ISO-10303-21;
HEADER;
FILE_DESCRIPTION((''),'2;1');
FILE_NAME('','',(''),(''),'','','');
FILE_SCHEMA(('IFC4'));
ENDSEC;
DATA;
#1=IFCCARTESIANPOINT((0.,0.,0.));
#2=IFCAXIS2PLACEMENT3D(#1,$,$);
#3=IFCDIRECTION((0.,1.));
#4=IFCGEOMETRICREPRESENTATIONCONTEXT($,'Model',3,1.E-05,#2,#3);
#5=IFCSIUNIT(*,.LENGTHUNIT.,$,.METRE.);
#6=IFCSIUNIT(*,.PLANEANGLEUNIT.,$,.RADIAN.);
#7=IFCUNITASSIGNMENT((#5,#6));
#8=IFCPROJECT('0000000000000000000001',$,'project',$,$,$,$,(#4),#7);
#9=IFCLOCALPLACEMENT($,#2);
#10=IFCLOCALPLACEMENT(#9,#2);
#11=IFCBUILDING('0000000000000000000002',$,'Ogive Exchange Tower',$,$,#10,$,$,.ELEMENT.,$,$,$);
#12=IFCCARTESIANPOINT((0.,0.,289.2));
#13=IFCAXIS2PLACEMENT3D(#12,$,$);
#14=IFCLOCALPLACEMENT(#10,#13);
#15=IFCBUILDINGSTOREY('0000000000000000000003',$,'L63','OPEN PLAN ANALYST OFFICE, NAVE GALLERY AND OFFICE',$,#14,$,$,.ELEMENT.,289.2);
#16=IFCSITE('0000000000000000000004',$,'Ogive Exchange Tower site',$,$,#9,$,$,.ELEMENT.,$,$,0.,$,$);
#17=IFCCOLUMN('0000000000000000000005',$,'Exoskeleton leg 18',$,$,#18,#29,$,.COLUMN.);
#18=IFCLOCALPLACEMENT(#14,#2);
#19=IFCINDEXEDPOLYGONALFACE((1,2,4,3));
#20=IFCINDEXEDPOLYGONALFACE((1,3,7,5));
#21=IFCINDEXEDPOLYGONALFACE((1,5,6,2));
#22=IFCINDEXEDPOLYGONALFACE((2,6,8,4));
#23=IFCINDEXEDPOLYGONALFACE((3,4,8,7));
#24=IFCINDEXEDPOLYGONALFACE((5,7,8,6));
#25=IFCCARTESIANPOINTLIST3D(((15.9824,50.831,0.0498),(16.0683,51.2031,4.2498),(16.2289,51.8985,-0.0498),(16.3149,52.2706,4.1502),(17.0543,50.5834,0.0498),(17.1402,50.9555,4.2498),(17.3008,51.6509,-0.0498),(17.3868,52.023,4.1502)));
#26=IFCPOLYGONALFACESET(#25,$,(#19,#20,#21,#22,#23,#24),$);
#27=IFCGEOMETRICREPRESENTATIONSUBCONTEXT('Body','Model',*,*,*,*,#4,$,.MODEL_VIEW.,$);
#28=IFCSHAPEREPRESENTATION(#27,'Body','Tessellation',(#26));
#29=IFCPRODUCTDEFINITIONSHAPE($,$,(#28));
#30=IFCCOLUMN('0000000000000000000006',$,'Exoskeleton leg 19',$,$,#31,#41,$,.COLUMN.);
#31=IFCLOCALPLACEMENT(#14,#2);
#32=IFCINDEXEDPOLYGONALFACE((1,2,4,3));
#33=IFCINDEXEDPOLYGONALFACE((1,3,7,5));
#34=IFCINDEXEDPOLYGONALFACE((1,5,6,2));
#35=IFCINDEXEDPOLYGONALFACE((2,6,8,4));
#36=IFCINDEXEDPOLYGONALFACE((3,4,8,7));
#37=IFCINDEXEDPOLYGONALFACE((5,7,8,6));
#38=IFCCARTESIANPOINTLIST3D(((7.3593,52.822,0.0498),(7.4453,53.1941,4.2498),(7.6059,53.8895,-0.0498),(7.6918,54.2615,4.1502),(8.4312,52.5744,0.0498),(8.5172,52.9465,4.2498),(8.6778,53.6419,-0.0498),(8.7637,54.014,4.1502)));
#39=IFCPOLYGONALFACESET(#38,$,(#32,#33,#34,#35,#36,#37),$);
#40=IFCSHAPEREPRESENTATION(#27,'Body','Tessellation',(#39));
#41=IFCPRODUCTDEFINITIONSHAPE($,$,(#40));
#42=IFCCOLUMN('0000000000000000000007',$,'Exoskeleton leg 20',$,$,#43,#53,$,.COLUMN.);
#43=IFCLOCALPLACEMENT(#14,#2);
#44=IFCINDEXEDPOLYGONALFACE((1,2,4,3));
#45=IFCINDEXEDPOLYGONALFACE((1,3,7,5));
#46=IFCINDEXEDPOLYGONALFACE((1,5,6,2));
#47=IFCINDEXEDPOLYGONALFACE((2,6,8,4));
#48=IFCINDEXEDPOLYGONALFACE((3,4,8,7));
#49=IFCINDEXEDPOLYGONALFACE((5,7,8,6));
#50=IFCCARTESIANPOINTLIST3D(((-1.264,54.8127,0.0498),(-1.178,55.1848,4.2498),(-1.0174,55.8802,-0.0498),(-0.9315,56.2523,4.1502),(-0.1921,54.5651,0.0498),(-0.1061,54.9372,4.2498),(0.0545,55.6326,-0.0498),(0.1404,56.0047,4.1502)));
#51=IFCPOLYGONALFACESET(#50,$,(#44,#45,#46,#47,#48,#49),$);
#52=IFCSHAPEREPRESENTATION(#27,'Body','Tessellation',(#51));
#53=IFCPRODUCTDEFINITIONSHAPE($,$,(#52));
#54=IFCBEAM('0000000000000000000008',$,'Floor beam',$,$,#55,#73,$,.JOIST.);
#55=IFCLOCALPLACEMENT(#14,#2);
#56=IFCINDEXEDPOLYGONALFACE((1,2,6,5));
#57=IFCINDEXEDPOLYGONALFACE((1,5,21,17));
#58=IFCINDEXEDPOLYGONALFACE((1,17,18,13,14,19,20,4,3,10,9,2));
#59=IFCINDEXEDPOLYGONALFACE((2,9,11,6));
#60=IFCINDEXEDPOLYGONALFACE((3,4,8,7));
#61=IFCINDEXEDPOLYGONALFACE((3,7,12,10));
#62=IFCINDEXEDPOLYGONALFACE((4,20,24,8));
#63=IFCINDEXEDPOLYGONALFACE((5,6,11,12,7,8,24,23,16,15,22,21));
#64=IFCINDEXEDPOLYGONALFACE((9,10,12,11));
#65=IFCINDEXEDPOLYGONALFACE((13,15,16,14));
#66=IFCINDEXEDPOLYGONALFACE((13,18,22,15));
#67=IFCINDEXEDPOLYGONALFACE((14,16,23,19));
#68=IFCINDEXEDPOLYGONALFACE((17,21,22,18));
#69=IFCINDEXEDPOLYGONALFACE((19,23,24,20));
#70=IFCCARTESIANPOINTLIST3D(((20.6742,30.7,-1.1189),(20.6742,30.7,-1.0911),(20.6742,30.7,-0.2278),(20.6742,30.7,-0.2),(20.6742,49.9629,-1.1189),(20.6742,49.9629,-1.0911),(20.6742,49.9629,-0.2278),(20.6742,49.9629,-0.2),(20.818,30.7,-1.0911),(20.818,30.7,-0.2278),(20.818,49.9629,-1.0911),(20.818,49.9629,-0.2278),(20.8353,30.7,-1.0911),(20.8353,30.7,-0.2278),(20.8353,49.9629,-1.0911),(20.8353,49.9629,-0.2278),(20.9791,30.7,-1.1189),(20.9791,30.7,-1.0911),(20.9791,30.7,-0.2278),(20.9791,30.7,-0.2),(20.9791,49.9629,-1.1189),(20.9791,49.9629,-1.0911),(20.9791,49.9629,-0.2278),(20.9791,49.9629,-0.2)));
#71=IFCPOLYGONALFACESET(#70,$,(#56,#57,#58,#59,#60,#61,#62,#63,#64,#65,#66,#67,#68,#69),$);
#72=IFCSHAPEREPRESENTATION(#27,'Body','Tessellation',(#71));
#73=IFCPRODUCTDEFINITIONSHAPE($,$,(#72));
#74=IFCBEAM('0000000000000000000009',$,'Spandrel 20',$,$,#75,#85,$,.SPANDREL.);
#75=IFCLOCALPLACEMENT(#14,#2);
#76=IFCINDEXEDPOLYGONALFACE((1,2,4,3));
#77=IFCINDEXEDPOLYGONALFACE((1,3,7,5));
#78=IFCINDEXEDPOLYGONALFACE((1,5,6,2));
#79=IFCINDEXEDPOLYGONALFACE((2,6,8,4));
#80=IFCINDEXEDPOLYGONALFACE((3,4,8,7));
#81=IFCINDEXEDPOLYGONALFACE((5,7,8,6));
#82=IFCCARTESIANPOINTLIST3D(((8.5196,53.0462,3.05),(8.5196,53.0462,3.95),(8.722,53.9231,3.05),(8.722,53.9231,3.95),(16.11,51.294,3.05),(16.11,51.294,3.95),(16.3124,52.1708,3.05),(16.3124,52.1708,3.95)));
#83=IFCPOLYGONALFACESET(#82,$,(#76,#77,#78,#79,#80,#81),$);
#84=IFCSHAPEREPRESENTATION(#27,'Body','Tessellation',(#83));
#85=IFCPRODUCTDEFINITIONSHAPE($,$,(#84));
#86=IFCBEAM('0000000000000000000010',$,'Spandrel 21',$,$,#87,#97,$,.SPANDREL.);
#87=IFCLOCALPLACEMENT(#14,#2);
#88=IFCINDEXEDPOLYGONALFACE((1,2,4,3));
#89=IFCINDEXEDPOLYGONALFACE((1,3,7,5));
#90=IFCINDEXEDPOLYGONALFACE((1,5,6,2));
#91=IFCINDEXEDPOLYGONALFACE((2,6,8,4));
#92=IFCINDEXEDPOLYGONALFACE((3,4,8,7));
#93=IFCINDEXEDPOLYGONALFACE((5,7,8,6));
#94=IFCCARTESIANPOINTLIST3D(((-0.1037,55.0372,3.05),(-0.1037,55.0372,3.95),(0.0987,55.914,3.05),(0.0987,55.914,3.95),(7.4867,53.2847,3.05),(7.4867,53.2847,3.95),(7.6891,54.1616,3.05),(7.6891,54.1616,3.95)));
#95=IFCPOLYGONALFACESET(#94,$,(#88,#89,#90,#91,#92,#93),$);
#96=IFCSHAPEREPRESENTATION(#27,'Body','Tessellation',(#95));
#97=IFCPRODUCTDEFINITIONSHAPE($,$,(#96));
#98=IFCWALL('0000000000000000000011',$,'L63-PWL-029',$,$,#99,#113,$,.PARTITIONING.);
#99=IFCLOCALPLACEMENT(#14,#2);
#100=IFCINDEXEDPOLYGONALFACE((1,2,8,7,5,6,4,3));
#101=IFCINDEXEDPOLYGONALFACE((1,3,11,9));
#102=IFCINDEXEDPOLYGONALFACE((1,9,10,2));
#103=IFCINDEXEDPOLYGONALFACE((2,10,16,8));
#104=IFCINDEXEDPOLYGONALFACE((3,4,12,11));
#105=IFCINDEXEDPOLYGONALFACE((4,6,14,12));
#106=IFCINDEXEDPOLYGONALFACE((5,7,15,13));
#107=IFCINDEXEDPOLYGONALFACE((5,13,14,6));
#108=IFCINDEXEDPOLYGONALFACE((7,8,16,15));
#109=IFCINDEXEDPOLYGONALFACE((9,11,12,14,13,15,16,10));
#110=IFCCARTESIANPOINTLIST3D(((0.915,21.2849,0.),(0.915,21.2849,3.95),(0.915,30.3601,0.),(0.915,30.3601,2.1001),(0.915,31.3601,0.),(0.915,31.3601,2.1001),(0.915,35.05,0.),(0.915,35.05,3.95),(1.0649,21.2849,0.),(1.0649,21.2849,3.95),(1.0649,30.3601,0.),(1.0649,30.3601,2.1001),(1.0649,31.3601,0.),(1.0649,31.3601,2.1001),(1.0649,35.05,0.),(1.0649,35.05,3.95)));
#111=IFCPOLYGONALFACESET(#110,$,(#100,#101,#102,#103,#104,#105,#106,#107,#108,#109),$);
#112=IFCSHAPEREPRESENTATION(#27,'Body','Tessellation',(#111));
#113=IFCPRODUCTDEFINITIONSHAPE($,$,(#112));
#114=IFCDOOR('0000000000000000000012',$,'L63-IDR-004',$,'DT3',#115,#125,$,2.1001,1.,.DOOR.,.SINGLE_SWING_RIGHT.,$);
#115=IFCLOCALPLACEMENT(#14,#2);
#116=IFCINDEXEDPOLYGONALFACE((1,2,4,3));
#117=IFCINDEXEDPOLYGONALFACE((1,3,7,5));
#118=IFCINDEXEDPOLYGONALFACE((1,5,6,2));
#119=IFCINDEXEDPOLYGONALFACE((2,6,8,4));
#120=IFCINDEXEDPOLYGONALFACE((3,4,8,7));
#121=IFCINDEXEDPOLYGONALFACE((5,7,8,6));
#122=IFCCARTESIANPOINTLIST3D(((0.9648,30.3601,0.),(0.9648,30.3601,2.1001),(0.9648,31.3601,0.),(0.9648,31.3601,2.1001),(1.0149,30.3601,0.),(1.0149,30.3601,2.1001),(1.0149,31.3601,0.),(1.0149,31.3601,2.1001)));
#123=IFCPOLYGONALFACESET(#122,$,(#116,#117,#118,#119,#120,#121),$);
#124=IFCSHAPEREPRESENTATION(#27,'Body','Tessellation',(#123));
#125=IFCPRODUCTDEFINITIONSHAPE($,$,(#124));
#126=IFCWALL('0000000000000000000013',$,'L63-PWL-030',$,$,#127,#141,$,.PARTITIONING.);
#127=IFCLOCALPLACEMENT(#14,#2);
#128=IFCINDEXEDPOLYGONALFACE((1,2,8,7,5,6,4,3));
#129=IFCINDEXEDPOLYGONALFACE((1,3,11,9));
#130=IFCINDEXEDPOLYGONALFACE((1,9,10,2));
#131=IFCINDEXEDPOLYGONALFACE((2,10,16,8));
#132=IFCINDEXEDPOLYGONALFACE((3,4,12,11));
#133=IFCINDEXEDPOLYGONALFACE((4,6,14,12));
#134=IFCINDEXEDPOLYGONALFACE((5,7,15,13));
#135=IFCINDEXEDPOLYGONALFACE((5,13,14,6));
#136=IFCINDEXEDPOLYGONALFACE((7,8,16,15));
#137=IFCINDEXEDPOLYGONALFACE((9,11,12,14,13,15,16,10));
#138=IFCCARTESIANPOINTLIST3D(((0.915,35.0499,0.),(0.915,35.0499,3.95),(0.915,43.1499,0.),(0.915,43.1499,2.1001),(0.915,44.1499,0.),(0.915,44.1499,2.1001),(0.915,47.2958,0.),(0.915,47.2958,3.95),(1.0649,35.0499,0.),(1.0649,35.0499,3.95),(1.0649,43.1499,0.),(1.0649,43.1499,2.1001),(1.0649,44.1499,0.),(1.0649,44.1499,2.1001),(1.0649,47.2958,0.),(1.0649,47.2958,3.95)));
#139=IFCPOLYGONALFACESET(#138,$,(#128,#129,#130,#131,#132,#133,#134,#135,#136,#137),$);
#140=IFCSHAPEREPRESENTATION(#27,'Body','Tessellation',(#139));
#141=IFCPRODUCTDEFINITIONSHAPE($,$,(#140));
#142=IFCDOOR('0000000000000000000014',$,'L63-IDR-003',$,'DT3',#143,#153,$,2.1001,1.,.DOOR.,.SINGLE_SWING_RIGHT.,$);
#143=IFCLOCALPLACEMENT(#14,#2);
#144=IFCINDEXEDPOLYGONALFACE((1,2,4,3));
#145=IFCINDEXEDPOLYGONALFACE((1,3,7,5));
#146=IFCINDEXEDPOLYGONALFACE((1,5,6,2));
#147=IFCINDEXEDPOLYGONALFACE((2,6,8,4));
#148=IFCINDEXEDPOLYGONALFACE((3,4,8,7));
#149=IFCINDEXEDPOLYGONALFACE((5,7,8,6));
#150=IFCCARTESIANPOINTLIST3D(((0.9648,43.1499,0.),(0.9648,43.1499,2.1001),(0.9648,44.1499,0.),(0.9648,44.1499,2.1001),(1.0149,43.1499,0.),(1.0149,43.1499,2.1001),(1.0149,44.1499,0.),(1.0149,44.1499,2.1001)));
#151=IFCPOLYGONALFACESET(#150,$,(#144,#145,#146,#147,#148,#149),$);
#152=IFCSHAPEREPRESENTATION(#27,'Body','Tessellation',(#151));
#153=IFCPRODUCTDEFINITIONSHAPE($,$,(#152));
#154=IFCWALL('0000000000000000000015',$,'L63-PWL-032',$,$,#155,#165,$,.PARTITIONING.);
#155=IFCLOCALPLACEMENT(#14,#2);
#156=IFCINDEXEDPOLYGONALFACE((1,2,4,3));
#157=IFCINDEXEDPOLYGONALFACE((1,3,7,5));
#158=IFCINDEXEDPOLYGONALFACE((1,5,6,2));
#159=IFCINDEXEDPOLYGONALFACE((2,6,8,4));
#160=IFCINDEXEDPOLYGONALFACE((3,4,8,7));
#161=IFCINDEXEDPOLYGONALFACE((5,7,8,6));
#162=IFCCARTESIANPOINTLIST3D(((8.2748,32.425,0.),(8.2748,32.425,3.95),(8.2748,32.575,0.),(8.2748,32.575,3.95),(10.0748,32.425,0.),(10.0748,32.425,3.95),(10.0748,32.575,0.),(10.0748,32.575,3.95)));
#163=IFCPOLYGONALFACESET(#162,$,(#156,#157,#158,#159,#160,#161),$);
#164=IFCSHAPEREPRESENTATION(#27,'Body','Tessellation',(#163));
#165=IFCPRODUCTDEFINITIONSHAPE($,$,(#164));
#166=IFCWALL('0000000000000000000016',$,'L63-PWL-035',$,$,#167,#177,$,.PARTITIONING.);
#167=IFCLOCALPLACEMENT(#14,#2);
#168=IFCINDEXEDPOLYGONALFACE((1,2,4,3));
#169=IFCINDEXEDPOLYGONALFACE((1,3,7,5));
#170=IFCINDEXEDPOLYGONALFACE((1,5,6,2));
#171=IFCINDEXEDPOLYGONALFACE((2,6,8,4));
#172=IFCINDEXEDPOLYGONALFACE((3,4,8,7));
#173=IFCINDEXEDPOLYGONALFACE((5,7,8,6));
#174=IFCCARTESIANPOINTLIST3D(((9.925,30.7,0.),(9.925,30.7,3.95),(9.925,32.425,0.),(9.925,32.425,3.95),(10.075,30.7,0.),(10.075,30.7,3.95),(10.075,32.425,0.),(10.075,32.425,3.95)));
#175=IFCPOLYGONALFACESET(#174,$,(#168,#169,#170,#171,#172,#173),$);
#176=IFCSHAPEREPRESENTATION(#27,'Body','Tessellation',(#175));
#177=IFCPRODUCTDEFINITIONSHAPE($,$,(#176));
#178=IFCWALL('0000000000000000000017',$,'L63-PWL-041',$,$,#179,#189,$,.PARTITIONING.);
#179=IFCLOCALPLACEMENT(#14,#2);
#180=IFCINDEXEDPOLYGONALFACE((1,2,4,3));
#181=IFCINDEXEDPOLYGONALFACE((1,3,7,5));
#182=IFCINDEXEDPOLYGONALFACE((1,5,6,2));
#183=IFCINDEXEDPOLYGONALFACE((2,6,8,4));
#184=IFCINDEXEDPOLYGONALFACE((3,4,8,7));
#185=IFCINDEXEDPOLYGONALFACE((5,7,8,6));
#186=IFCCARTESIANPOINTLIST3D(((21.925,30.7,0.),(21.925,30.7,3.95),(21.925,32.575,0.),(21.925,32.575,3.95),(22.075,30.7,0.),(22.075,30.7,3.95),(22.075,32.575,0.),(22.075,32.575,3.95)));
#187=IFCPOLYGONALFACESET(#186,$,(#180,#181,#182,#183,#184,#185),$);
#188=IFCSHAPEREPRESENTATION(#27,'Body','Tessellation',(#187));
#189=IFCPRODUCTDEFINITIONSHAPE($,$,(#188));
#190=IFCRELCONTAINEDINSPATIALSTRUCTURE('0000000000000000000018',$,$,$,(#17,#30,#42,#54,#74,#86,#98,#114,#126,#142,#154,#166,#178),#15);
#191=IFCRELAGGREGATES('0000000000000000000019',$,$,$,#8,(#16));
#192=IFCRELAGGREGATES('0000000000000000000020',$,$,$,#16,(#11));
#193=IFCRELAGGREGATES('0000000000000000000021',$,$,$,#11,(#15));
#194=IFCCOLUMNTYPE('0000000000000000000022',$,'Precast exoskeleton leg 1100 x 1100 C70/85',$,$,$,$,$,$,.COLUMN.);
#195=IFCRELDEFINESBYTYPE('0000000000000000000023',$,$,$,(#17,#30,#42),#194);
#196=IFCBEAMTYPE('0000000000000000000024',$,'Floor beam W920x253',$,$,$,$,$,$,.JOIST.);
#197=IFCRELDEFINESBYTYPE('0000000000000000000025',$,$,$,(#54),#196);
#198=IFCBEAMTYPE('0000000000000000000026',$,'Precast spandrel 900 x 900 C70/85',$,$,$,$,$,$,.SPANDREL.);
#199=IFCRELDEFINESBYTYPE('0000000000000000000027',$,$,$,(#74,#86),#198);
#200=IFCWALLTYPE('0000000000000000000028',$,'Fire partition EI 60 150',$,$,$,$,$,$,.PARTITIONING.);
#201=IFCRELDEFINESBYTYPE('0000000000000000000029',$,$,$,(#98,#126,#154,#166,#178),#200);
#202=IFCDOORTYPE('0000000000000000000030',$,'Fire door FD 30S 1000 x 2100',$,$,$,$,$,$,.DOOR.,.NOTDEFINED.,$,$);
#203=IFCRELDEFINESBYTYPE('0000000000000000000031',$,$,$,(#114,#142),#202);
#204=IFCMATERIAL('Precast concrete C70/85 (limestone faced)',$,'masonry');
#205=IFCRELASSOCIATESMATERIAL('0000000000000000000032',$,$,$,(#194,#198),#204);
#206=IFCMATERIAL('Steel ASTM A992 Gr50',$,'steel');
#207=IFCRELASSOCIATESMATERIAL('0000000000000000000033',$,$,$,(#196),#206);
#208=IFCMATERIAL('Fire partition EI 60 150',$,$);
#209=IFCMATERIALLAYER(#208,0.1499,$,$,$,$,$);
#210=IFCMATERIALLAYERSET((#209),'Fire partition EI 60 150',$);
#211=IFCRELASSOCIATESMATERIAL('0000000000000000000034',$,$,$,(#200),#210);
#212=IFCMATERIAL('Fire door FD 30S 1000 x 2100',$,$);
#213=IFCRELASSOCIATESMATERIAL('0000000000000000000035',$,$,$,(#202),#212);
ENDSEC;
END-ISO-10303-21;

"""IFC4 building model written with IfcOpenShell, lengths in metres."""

from ifc_helpers import new_model, si_unit, direction, frame, frame_2d, origin, origin_2d, place, context, subcontext, project, spatial, rectangle, i_section, extrude, material, layer, layer_set, material_profile, profile_set, type_object, element, fill, save


model = new_model("IFC4")

# Units and contexts
model_context = context("Model", 3, precision=1e-05, world=origin(), true_north=direction((0.0, 1.0)))
body_context = subcontext(model_context, "Body", "Model", "MODEL_VIEW")
ifc_project = project(units=[si_unit("LENGTHUNIT", "METRE"), si_unit("PLANEANGLEUNIT", "RADIAN")], contexts=[model_context])

# Site, building, storey
site_placement = place(None, origin())
site = spatial("IfcSite", under=ifc_project, at=site_placement, Name="Ogive Exchange Tower site", CompositionType="ELEMENT", RefElevation=0.0)
building_placement = place(site_placement, origin())
building = spatial("IfcBuilding", under=site, at=building_placement, Name="Ogive Exchange Tower", CompositionType="ELEMENT")
storey_placement = place(building_placement, frame((0.0, 0.0, 289.2)))
storey = spatial("IfcBuildingStorey", under=building, at=storey_placement, Name="L63", Description="OPEN PLAN ANALYST OFFICE, NAVE GALLERY AND OFFICE", CompositionType="ELEMENT", Elevation=289.2)

# Columns
ifc_material_1 = material(Name="Precast concrete C70/85 (limestone faced)", Category="masonry")
ifc_material_profile_1 = material_profile(ifc_material_1, rectangle(XDim=1.1001, YDim=1.1001, at=origin_2d()), Name="1100 x 1100")
ifc_profile_set_1 = profile_set([ifc_material_profile_1], Name="Precast concrete C70/85 (limestone faced)")
column_type = type_object("IfcColumnType", Name="Precast exoskeleton leg 1100 x 1100 C70/85", PredefinedType="COLUMN", material=ifc_profile_set_1)
for number, where, z_axis, x_axis, name in (
    (1, (16.6416, 51.241, 0.0), (0.020377, 0.088225, 0.995892), (-0.974348, 0.225046, 0.0), "Exoskeleton leg 18"),
    (2, (8.0186, 53.2319, 0.0), (0.020377, 0.088225, 0.995892), (-0.974348, 0.225046, 0.0), "Exoskeleton leg 19"),
    (3, (-0.6047, 55.2227, 0.0), (0.020377, 0.088225, 0.995892), (-0.974348, 0.225046, 0.0), "Exoskeleton leg 20"),
):
    element("IfcColumn", number, at=place(storey_placement, frame(where, z_axis=z_axis, x_axis=x_axis)), inside=storey, type_object=column_type, Name=name, PredefinedType="COLUMN", context=body_context, shape_type="SweptSolid", body=[
        extrude(rectangle(XDim=1.1001, YDim=1.1001, at=origin_2d()), origin(), (0.0, 0.0, 1.0), 4.2173),
    ])

# Beams
ifc_material_2 = material(Name="Steel ASTM A992 Gr50", Category="steel")
ifc_material_profile_2 = material_profile(ifc_material_2, i_section(OverallWidth=0.3049, OverallDepth=0.9189, WebThickness=0.0173, FlangeThickness=0.0278, at=origin_2d()), Name="W920x253")
ifc_profile_set_2 = profile_set([ifc_material_profile_2], Name="Steel ASTM A992 Gr50")
beam_type_1 = type_object("IfcBeamType", Name="Floor beam W920x253", PredefinedType="JOIST", material=ifc_profile_set_2)
beam_placement = place(storey_placement, frame((20.8267, 30.7, -0.6594), z_axis=(0.0, 1.0, 0.0), x_axis=(-1.0, 0.0, 0.0)))
element("IfcBeam", 4, at=beam_placement, inside=storey, type_object=beam_type_1, Name="Floor beam", PredefinedType="JOIST", context=body_context, shape_type="SweptSolid", body=[
    extrude(i_section(OverallWidth=0.3049, OverallDepth=0.9189, WebThickness=0.0173, FlangeThickness=0.0278, at=origin_2d()), origin(), (0.0, 0.0, 1.0), 19.2629),
])
ifc_material_profile_3 = material_profile(ifc_material_1, rectangle(XDim=0.8999, YDim=0.8999, at=origin_2d()), Name="900 x 900")
ifc_profile_set_3 = profile_set([ifc_material_profile_3], Name="Precast concrete C70/85 (limestone faced)")
beam_type_2 = type_object("IfcBeamType", Name="Precast spandrel 900 x 900 C70/85", PredefinedType="SPANDREL", material=ifc_profile_set_3)
for number, where, z_axis, x_axis, name in (
    (5, (16.2112, 51.7324, 3.5), (-0.974375, 0.22493, 0.0), (-0.22493, -0.974375, 0.0), "Spandrel 20"),
    (6, (7.5879, 53.7231, 3.5), (-0.974368, 0.22496, 0.0), (-0.22496, -0.974368, 0.0), "Spandrel 21"),
):
    element("IfcBeam", number, at=place(storey_placement, frame(where, z_axis=z_axis, x_axis=x_axis)), inside=storey, type_object=beam_type_2, Name=name, PredefinedType="SPANDREL", context=body_context, shape_type="SweptSolid", body=[
        extrude(rectangle(XDim=0.8999, YDim=0.8999, at=origin_2d()), origin(), (0.0, 0.0, 1.0), 7.79),
    ])

# Walls, openings, doors
ifc_material_3 = material(Name="Fire partition EI 60 150")
ifc_layer_1 = layer(ifc_material_3, 0.1499)
ifc_layer_set_1 = layer_set([ifc_layer_1], Name="Fire partition EI 60 150")
wall_type_1 = type_object("IfcWallType", Name="Fire partition EI 60 150", PredefinedType="PARTITIONING", material=ifc_layer_set_1)
wall_1_placement = place(storey_placement, frame((0.99, 35.05, 0.0), z_axis=(0.0, 0.0, 1.0), x_axis=(0.0, -1.0, 0.0)))
wall_1 = element("IfcWall", 7, at=wall_1_placement, inside=storey, type_object=wall_type_1, Name="L63-PWL-029", PredefinedType="PARTITIONING", context=body_context, shape_type="SweptSolid", body=[
    extrude(rectangle(XDim=13.7651, YDim=0.1499, at=frame_2d((6.8826, 0.0))), origin(), (0.0, 0.0, 1.0), 3.95),
])
opening_1_placement = place(wall_1_placement, frame((3.6899, 0.0, 0.0)))
opening_1 = element("IfcOpeningElement", 8, at=opening_1_placement, cuts=wall_1, PredefinedType="OPENING", context=body_context, shape_type="SweptSolid", body=[
    extrude(rectangle(XDim=1.0, YDim=2.1001, at=frame_2d((0.5, 1.05))), frame((0.0, 0.085, 0.0), z_axis=(0.0, -1.0, 0.0), x_axis=(1.0, 0.0, 0.0)), (0.0, 0.0, 1.0), 0.1699),
])
ifc_material_4 = material(Name="Fire door FD 30S 1000 x 2100")
door_type_1 = type_object("IfcDoorType", Name="Fire door FD 30S 1000 x 2100", OperationType="NOTDEFINED", PredefinedType="DOOR", material=ifc_material_4)
door_1_placement = place(opening_1_placement, origin())
door_1 = element("IfcDoor", 9, at=door_1_placement, inside=storey, type_object=door_type_1, Name="L63-IDR-004", ObjectType="DT3", OperationType="SINGLE_SWING_RIGHT", OverallHeight=2.1001, OverallWidth=1.0, PredefinedType="DOOR", context=body_context, shape_type="SweptSolid", body=[
    extrude(rectangle(XDim=1.0, YDim=2.1001, at=frame_2d((0.5, 1.05))), frame((0.0, 0.0249, 0.0), z_axis=(0.0, -1.0, 0.0), x_axis=(1.0, 0.0, 0.0)), (0.0, 0.0, 1.0), 0.05),
])
fill(opening_1, door_1)
wall_2_placement = place(storey_placement, frame((0.99, 47.2959, 0.0), z_axis=(0.0, 0.0, 1.0), x_axis=(0.0, -1.0, 0.0)))
wall_2 = element("IfcWall", 10, at=wall_2_placement, inside=storey, type_object=wall_type_1, Name="L63-PWL-030", PredefinedType="PARTITIONING", context=body_context, shape_type="SweptSolid", body=[
    extrude(rectangle(XDim=12.2458, YDim=0.1499, at=frame_2d((6.123, 0.0))), origin(), (0.0, 0.0, 1.0), 3.95),
])
opening_2_placement = place(wall_2_placement, frame((3.146, 0.0, 0.0)))
opening_2 = element("IfcOpeningElement", 11, at=opening_2_placement, cuts=wall_2, PredefinedType="OPENING", context=body_context, shape_type="SweptSolid", body=[
    extrude(rectangle(XDim=1.0, YDim=2.1001, at=frame_2d((0.5, 1.05))), frame((0.0, 0.085, 0.0), z_axis=(0.0, -1.0, 0.0), x_axis=(1.0, 0.0, 0.0)), (0.0, 0.0, 1.0), 0.1699),
])
door_2_placement = place(opening_2_placement, origin())
door_2 = element("IfcDoor", 12, at=door_2_placement, inside=storey, type_object=door_type_1, Name="L63-IDR-003", ObjectType="DT3", OperationType="SINGLE_SWING_RIGHT", OverallHeight=2.1001, OverallWidth=1.0, PredefinedType="DOOR", context=body_context, shape_type="SweptSolid", body=[
    extrude(rectangle(XDim=1.0, YDim=2.1001, at=frame_2d((0.5, 1.05))), frame((0.0, 0.0249, 0.0), z_axis=(0.0, -1.0, 0.0), x_axis=(1.0, 0.0, 0.0)), (0.0, 0.0, 1.0), 0.05),
])
fill(opening_2, door_2)

# Walls
wall_3_placement = place(storey_placement, frame((8.2749, 32.5, 0.0), z_axis=(0.0, 0.0, 1.0), x_axis=(1.0, 0.0, 0.0)))
element("IfcWall", 13, at=wall_3_placement, inside=storey, type_object=wall_type_1, Name="L63-PWL-032", PredefinedType="PARTITIONING", context=body_context, shape_type="SweptSolid", body=[
    extrude(rectangle(XDim=1.8, YDim=0.1499, at=frame_2d((0.8999, 0.0))), origin(), (0.0, 0.0, 1.0), 3.95),
])
wall_4_placement = place(storey_placement, frame((10.0, 32.425, 0.0), z_axis=(0.0, 0.0, 1.0), x_axis=(0.0, -1.0, 0.0)))
element("IfcWall", 14, at=wall_4_placement, inside=storey, type_object=wall_type_1, Name="L63-PWL-035", PredefinedType="PARTITIONING", context=body_context, shape_type="SweptSolid", body=[
    extrude(rectangle(XDim=1.7251, YDim=0.1499, at=frame_2d((0.8625, 0.0))), origin(), (0.0, 0.0, 1.0), 3.95),
])
wall_5_placement = place(storey_placement, frame((22.0, 30.7, 0.0), z_axis=(0.0, 0.0, 1.0), x_axis=(0.0, 1.0, 0.0)))
element("IfcWall", 15, at=wall_5_placement, inside=storey, type_object=wall_type_1, Name="L63-PWL-041", PredefinedType="PARTITIONING", context=body_context, shape_type="SweptSolid", body=[
    extrude(rectangle(XDim=1.875, YDim=0.1499, at=frame_2d((0.9375, 0.0))), origin(), (0.0, 0.0, 1.0), 3.95),
])

save(model, "model.ifc")
